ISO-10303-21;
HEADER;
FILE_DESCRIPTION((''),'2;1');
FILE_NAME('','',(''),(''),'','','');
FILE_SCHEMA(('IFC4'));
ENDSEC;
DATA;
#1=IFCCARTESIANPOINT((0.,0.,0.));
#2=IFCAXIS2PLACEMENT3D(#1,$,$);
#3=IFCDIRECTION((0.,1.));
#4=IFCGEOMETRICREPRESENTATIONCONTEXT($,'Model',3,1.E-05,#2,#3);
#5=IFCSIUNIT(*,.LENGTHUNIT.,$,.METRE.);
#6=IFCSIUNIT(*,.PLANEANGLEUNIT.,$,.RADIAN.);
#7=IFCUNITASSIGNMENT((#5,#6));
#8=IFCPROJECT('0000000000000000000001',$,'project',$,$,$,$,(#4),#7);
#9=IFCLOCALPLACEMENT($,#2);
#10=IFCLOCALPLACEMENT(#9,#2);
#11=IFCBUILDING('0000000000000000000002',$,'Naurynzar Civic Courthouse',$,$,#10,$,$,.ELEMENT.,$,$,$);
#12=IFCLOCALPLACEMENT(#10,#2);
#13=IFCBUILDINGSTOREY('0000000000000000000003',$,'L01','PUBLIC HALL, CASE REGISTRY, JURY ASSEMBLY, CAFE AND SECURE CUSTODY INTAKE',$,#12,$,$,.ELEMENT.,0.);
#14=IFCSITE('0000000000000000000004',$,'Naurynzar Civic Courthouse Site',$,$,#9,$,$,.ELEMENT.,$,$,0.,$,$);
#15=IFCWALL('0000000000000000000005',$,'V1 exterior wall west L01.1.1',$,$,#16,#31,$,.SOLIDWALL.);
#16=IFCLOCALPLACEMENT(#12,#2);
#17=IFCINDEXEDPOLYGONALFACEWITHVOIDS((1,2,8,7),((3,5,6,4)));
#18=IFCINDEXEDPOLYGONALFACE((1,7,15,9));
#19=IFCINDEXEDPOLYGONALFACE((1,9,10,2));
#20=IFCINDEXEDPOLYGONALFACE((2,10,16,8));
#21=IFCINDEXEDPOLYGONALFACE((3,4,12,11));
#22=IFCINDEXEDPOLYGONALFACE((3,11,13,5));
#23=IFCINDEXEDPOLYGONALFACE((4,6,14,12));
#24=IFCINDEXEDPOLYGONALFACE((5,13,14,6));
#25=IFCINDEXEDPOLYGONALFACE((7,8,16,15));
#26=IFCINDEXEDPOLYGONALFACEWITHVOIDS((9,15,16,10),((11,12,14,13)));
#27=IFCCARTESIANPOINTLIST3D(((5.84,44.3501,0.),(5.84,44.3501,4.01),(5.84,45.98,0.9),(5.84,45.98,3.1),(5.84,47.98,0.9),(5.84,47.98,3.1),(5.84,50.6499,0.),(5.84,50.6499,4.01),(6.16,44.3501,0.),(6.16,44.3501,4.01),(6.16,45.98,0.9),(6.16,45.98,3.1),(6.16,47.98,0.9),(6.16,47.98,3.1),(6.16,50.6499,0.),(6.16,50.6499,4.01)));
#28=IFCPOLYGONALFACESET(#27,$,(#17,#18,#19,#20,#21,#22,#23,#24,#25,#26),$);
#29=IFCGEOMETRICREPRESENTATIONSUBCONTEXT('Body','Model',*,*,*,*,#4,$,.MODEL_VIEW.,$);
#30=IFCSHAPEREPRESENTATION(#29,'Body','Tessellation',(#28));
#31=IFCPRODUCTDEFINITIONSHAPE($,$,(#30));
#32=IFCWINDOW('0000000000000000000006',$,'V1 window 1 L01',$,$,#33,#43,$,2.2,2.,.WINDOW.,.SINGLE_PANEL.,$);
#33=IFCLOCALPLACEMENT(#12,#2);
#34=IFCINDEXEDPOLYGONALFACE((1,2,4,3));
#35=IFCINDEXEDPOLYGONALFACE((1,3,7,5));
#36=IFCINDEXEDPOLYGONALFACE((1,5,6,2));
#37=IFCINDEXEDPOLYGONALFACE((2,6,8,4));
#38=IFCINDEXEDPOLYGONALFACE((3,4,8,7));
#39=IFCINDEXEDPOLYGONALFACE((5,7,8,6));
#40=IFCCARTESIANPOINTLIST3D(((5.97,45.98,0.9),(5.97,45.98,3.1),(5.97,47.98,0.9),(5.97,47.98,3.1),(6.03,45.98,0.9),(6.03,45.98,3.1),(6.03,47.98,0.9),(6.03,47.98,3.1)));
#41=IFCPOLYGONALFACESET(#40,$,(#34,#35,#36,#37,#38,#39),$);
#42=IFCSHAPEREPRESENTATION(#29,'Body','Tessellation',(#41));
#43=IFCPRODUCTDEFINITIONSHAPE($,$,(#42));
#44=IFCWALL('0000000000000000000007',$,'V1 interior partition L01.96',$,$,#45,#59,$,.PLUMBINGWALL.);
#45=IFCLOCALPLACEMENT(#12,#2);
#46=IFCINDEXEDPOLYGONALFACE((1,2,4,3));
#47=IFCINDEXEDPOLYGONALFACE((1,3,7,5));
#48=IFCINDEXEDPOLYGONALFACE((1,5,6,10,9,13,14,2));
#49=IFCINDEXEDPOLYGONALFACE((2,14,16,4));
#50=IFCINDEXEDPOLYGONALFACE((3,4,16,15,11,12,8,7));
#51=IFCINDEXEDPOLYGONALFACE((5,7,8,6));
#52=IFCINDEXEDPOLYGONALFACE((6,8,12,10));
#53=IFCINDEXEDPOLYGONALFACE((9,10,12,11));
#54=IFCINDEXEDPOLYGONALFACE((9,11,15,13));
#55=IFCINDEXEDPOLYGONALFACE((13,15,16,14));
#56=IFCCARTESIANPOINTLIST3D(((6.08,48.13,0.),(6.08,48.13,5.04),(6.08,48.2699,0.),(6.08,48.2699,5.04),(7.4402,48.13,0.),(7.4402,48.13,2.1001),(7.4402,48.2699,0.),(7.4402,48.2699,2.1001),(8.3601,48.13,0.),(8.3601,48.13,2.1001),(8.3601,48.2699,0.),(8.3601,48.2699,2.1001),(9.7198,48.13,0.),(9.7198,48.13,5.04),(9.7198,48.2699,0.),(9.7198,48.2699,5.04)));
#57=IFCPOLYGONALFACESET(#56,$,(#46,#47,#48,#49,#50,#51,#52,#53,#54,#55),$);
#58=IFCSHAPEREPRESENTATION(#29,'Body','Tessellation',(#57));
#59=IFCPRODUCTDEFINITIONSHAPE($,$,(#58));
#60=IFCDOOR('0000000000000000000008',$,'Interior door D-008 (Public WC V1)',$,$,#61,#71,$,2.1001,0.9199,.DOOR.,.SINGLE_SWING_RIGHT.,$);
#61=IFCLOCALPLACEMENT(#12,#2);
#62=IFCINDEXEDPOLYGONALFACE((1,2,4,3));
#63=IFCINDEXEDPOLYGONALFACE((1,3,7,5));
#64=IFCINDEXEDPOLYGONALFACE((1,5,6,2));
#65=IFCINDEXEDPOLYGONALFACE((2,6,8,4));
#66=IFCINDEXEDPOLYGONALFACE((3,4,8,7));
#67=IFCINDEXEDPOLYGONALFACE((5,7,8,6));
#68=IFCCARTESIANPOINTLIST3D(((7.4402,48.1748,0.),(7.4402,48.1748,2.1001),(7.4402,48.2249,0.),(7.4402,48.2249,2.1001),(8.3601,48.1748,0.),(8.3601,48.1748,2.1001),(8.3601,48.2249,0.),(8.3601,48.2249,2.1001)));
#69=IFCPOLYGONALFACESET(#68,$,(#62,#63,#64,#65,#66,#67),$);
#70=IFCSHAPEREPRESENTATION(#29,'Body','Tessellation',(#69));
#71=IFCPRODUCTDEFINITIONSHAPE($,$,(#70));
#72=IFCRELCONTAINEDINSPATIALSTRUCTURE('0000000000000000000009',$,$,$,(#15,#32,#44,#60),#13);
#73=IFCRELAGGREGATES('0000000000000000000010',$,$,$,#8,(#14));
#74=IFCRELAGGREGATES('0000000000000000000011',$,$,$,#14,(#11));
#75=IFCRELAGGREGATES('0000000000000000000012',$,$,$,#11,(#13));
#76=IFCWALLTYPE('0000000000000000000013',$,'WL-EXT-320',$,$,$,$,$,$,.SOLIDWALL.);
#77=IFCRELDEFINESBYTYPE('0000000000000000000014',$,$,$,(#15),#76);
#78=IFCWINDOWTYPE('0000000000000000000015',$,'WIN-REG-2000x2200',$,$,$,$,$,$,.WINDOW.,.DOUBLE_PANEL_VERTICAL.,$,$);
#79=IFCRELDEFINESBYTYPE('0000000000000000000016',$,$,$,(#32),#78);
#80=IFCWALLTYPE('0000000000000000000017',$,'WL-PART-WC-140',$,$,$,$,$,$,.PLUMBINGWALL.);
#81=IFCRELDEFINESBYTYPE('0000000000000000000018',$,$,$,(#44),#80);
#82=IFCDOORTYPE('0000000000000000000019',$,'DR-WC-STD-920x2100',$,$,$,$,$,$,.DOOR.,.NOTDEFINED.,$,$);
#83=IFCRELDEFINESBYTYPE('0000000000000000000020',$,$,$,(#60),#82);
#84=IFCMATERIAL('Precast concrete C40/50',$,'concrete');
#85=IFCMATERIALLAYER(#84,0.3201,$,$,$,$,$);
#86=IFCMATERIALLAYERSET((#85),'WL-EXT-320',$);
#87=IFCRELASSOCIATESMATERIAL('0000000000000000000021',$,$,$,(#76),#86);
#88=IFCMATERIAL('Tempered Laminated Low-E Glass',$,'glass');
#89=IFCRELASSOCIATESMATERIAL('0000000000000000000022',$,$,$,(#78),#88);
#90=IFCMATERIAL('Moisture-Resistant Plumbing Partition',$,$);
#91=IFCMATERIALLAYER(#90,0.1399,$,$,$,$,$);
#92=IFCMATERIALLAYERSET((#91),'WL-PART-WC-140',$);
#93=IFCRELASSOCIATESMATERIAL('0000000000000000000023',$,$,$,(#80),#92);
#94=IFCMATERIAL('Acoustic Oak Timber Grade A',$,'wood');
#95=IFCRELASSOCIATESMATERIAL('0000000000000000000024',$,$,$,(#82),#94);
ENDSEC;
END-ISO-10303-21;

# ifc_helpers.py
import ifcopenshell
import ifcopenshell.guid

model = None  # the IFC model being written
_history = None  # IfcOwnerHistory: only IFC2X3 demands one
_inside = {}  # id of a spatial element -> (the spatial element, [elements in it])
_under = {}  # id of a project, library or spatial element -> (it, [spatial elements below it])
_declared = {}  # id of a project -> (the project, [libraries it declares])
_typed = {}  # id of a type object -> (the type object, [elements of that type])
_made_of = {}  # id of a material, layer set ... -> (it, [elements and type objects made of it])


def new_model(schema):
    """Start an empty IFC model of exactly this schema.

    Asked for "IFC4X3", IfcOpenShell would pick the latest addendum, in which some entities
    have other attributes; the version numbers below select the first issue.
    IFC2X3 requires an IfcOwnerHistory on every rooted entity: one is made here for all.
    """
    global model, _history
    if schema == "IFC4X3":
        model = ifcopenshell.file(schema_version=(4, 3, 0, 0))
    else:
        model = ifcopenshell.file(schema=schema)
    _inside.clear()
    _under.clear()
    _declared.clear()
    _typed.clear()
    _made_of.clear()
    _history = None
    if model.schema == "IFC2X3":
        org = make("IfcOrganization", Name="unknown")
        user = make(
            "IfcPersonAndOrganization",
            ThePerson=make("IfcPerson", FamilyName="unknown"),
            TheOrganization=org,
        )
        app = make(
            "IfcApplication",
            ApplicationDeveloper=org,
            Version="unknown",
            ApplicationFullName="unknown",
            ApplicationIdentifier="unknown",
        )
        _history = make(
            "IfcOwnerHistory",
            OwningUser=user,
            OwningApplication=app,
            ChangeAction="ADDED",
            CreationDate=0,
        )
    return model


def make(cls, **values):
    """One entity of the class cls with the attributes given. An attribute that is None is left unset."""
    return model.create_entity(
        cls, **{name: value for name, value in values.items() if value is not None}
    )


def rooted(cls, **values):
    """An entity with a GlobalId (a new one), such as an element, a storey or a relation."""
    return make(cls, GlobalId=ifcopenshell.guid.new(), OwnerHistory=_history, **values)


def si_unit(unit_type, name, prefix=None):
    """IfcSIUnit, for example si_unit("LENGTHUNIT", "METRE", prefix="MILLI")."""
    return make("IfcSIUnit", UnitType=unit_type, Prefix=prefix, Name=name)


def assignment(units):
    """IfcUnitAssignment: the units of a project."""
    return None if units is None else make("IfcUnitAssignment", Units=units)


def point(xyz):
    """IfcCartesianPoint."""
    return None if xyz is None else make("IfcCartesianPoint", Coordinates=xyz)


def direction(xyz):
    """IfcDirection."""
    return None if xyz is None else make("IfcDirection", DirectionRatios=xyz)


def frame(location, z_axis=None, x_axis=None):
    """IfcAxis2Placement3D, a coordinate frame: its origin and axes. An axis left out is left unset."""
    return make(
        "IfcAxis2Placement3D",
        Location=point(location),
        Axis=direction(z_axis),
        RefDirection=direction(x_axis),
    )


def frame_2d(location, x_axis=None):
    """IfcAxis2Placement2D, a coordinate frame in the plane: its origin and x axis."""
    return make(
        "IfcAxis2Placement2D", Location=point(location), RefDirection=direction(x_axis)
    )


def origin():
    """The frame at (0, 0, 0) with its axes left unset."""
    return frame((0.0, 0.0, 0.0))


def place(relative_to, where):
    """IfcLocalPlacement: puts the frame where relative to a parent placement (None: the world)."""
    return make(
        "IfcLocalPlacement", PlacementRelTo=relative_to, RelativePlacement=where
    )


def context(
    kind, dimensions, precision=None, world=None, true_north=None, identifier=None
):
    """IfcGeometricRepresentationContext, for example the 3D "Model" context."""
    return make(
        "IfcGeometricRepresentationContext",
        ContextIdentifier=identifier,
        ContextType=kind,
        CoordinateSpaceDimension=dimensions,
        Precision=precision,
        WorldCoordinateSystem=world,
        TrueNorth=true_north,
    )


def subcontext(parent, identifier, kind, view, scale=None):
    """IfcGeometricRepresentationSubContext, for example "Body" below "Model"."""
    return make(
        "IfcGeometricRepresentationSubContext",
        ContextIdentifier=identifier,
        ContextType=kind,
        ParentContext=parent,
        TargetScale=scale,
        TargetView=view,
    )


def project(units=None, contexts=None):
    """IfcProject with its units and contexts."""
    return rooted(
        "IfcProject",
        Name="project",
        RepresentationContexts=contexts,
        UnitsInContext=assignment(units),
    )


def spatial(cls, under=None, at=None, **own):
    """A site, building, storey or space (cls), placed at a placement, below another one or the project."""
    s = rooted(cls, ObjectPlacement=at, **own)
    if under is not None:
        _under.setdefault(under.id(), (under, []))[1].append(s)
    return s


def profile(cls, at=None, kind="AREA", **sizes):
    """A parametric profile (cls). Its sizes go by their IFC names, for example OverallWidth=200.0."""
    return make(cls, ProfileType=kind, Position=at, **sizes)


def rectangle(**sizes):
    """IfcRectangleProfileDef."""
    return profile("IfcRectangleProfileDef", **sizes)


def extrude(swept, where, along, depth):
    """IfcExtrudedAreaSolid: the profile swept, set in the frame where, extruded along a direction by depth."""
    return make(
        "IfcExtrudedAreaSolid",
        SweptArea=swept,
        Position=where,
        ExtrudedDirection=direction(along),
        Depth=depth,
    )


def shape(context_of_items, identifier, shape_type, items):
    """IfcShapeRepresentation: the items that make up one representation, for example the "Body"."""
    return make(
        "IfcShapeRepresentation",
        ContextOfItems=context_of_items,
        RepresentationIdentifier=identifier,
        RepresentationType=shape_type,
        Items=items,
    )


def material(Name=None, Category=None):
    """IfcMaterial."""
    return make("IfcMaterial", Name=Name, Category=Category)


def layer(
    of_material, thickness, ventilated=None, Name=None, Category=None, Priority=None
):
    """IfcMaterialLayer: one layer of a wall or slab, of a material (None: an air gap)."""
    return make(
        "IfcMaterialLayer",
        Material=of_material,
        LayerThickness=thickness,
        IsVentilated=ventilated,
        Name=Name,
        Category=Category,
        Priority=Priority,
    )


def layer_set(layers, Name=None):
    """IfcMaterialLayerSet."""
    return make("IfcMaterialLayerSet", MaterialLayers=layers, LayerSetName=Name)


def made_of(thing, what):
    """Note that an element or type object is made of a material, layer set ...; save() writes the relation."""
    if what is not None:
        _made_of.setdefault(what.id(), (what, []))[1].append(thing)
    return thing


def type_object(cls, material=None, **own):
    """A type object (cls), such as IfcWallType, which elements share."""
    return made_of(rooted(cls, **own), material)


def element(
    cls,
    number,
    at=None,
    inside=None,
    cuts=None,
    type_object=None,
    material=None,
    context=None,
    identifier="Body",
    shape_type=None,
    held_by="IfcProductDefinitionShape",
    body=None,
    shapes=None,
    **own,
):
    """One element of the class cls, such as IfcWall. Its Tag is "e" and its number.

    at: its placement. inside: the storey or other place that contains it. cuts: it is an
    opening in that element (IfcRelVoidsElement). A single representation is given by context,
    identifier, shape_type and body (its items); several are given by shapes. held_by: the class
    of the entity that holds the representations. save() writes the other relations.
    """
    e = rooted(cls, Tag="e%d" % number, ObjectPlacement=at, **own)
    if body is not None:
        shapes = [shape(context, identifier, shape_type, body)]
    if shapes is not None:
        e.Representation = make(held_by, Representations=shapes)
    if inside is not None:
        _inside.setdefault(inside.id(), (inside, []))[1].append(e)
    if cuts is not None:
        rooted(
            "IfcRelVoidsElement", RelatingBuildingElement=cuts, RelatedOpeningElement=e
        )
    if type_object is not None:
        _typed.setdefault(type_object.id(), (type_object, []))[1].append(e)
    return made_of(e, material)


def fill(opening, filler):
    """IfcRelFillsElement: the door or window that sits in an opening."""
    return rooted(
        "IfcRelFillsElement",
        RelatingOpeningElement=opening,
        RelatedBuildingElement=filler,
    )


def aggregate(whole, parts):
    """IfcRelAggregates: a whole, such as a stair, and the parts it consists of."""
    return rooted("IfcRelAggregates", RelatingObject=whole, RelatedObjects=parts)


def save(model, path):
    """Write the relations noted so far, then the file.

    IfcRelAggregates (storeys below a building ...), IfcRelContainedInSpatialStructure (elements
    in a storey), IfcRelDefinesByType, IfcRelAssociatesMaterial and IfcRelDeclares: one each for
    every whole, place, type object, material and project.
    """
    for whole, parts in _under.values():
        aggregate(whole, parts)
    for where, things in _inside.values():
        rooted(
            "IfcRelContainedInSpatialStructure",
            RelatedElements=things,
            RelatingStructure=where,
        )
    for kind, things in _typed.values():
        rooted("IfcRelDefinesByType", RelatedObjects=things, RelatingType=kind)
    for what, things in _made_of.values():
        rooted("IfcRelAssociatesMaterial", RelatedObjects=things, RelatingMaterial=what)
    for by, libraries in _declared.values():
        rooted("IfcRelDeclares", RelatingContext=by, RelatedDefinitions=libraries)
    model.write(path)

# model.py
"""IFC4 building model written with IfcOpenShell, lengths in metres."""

from ifc_helpers import new_model, si_unit, direction, frame, frame_2d, origin, place, context, subcontext, project, spatial, rectangle, extrude, material, layer, layer_set, type_object, element, fill, save


model = new_model("IFC4")

# Units and contexts
model_context = context("Model", 3, precision=1e-05, world=origin(), true_north=direction((0.0, 1.0)))
body_context = subcontext(model_context, "Body", "Model", "MODEL_VIEW")
ifc_project = project(units=[si_unit("LENGTHUNIT", "METRE"), si_unit("PLANEANGLEUNIT", "RADIAN")], contexts=[model_context])

# Site, building, storey
site_placement = place(None, origin())
site = spatial("IfcSite", under=ifc_project, at=site_placement, Name="Naurynzar Civic Courthouse Site", CompositionType="ELEMENT", RefElevation=0.0)
building_placement = place(site_placement, origin())
building = spatial("IfcBuilding", under=site, at=building_placement, Name="Naurynzar Civic Courthouse", CompositionType="ELEMENT")
storey_placement = place(building_placement, origin())
storey = spatial("IfcBuildingStorey", under=building, at=storey_placement, Name="L01", Description="PUBLIC HALL, CASE REGISTRY, JURY ASSEMBLY, CAFE AND SECURE CUSTODY INTAKE", CompositionType="ELEMENT", Elevation=0.0)

# Wall, opening, window
ifc_material_1 = material(Name="Precast concrete C40/50", Category="concrete")
ifc_layer_1 = layer(ifc_material_1, 0.3201)
ifc_layer_set_1 = layer_set([ifc_layer_1], Name="WL-EXT-320")
wall_type_1 = type_object("IfcWallType", Name="WL-EXT-320", PredefinedType="SOLIDWALL", material=ifc_layer_set_1)
wall_1_placement = place(storey_placement, frame((6.0, 44.3501, 0.0), z_axis=(0.0, 0.0, 1.0), x_axis=(0.0, 1.0, 0.0)))
wall_1 = element("IfcWall", 1, at=wall_1_placement, inside=storey, type_object=wall_type_1, Name="V1 exterior wall west L01.1.1", PredefinedType="SOLIDWALL", context=body_context, shape_type="SweptSolid", body=[
    extrude(rectangle(XDim=6.2998, YDim=0.3201, at=frame_2d((3.1499, 0.0))), origin(), (0.0, 0.0, 1.0), 4.01),
])
opening_1_placement = place(wall_1_placement, frame((1.6299, 0.0, 0.8999)))
opening_1 = element("IfcOpeningElement", 2, at=opening_1_placement, cuts=wall_1, PredefinedType="OPENING", context=body_context, shape_type="SweptSolid", body=[
    extrude(rectangle(XDim=2.0, YDim=2.2, at=frame_2d((1.0, 1.1001))), frame((0.0, 0.1699, 0.0), z_axis=(0.0, -1.0, 0.0), x_axis=(1.0, 0.0, 0.0)), (0.0, 0.0, 1.0), 0.3401),
])
ifc_material_2 = material(Name="Tempered Laminated Low-E Glass", Category="glass")
window_type = type_object("IfcWindowType", Name="WIN-REG-2000x2200", PartitioningType="DOUBLE_PANEL_VERTICAL", PredefinedType="WINDOW", material=ifc_material_2)
window_placement = place(opening_1_placement, origin())
window = element("IfcWindow", 3, at=window_placement, inside=storey, type_object=window_type, Name="V1 window 1 L01", OverallHeight=2.2, OverallWidth=2.0, PartitioningType="SINGLE_PANEL", PredefinedType="WINDOW", context=body_context, shape_type="SweptSolid", body=[
    extrude(rectangle(XDim=2.0, YDim=2.2, at=frame_2d((1.0, 1.1001))), frame((0.0, 0.03, 0.0), z_axis=(0.0, -1.0, 0.0), x_axis=(1.0, 0.0, 0.0)), (0.0, 0.0, 1.0), 0.0601),
])
fill(opening_1, window)

# Wall, opening, door
ifc_material_3 = material(Name="Moisture-Resistant Plumbing Partition")
ifc_layer_2 = layer(ifc_material_3, 0.1399)
ifc_layer_set_2 = layer_set([ifc_layer_2], Name="WL-PART-WC-140")
wall_type_2 = type_object("IfcWallType", Name="WL-PART-WC-140", PredefinedType="PLUMBINGWALL", material=ifc_layer_set_2)
wall_2_placement = place(storey_placement, frame((6.0801, 48.2, 0.0), z_axis=(0.0, 0.0, 1.0), x_axis=(1.0, 0.0, 0.0)))
wall_2 = element("IfcWall", 4, at=wall_2_placement, inside=storey, type_object=wall_type_2, Name="V1 interior partition L01.96", PredefinedType="PLUMBINGWALL", context=body_context, shape_type="SweptSolid", body=[
    extrude(rectangle(XDim=3.6399, YDim=0.1399, at=frame_2d((1.8198, 0.0))), origin(), (0.0, 0.0, 1.0), 5.04),
])
opening_2_placement = place(wall_2_placement, frame((1.3601, 0.0, 0.0)))
opening_2 = element("IfcOpeningElement", 5, at=opening_2_placement, cuts=wall_2, PredefinedType="OPENING", context=body_context, shape_type="SweptSolid", body=[
    extrude(rectangle(XDim=0.9199, YDim=2.1001, at=frame_2d((0.46, 1.05))), frame((0.0, 0.0798, 0.0), z_axis=(0.0, -1.0, 0.0), x_axis=(1.0, 0.0, 0.0)), (0.0, 0.0, 1.0), 0.1599),
])
ifc_material_4 = material(Name="Acoustic Oak Timber Grade A", Category="wood")
door_type_1 = type_object("IfcDoorType", Name="DR-WC-STD-920x2100", OperationType="NOTDEFINED", PredefinedType="DOOR", material=ifc_material_4)
door_1_placement = place(opening_2_placement, origin())
door_1 = element("IfcDoor", 6, at=door_1_placement, inside=storey, type_object=door_type_1, Name="Interior door D-008 (Public WC V1)", OperationType="SINGLE_SWING_RIGHT", OverallHeight=2.1001, OverallWidth=0.9199, PredefinedType="DOOR", context=body_context, shape_type="SweptSolid", body=[
    extrude(rectangle(XDim=0.9199, YDim=2.1001, at=frame_2d((0.46, 1.05))), frame((0.0, 0.0249, 0.0), z_axis=(0.0, -1.0, 0.0), x_axis=(1.0, 0.0, 0.0)), (0.0, 0.0, 1.0), 0.05),
])
fill(opening_2, door_1)

save(model, "model.ifc")
